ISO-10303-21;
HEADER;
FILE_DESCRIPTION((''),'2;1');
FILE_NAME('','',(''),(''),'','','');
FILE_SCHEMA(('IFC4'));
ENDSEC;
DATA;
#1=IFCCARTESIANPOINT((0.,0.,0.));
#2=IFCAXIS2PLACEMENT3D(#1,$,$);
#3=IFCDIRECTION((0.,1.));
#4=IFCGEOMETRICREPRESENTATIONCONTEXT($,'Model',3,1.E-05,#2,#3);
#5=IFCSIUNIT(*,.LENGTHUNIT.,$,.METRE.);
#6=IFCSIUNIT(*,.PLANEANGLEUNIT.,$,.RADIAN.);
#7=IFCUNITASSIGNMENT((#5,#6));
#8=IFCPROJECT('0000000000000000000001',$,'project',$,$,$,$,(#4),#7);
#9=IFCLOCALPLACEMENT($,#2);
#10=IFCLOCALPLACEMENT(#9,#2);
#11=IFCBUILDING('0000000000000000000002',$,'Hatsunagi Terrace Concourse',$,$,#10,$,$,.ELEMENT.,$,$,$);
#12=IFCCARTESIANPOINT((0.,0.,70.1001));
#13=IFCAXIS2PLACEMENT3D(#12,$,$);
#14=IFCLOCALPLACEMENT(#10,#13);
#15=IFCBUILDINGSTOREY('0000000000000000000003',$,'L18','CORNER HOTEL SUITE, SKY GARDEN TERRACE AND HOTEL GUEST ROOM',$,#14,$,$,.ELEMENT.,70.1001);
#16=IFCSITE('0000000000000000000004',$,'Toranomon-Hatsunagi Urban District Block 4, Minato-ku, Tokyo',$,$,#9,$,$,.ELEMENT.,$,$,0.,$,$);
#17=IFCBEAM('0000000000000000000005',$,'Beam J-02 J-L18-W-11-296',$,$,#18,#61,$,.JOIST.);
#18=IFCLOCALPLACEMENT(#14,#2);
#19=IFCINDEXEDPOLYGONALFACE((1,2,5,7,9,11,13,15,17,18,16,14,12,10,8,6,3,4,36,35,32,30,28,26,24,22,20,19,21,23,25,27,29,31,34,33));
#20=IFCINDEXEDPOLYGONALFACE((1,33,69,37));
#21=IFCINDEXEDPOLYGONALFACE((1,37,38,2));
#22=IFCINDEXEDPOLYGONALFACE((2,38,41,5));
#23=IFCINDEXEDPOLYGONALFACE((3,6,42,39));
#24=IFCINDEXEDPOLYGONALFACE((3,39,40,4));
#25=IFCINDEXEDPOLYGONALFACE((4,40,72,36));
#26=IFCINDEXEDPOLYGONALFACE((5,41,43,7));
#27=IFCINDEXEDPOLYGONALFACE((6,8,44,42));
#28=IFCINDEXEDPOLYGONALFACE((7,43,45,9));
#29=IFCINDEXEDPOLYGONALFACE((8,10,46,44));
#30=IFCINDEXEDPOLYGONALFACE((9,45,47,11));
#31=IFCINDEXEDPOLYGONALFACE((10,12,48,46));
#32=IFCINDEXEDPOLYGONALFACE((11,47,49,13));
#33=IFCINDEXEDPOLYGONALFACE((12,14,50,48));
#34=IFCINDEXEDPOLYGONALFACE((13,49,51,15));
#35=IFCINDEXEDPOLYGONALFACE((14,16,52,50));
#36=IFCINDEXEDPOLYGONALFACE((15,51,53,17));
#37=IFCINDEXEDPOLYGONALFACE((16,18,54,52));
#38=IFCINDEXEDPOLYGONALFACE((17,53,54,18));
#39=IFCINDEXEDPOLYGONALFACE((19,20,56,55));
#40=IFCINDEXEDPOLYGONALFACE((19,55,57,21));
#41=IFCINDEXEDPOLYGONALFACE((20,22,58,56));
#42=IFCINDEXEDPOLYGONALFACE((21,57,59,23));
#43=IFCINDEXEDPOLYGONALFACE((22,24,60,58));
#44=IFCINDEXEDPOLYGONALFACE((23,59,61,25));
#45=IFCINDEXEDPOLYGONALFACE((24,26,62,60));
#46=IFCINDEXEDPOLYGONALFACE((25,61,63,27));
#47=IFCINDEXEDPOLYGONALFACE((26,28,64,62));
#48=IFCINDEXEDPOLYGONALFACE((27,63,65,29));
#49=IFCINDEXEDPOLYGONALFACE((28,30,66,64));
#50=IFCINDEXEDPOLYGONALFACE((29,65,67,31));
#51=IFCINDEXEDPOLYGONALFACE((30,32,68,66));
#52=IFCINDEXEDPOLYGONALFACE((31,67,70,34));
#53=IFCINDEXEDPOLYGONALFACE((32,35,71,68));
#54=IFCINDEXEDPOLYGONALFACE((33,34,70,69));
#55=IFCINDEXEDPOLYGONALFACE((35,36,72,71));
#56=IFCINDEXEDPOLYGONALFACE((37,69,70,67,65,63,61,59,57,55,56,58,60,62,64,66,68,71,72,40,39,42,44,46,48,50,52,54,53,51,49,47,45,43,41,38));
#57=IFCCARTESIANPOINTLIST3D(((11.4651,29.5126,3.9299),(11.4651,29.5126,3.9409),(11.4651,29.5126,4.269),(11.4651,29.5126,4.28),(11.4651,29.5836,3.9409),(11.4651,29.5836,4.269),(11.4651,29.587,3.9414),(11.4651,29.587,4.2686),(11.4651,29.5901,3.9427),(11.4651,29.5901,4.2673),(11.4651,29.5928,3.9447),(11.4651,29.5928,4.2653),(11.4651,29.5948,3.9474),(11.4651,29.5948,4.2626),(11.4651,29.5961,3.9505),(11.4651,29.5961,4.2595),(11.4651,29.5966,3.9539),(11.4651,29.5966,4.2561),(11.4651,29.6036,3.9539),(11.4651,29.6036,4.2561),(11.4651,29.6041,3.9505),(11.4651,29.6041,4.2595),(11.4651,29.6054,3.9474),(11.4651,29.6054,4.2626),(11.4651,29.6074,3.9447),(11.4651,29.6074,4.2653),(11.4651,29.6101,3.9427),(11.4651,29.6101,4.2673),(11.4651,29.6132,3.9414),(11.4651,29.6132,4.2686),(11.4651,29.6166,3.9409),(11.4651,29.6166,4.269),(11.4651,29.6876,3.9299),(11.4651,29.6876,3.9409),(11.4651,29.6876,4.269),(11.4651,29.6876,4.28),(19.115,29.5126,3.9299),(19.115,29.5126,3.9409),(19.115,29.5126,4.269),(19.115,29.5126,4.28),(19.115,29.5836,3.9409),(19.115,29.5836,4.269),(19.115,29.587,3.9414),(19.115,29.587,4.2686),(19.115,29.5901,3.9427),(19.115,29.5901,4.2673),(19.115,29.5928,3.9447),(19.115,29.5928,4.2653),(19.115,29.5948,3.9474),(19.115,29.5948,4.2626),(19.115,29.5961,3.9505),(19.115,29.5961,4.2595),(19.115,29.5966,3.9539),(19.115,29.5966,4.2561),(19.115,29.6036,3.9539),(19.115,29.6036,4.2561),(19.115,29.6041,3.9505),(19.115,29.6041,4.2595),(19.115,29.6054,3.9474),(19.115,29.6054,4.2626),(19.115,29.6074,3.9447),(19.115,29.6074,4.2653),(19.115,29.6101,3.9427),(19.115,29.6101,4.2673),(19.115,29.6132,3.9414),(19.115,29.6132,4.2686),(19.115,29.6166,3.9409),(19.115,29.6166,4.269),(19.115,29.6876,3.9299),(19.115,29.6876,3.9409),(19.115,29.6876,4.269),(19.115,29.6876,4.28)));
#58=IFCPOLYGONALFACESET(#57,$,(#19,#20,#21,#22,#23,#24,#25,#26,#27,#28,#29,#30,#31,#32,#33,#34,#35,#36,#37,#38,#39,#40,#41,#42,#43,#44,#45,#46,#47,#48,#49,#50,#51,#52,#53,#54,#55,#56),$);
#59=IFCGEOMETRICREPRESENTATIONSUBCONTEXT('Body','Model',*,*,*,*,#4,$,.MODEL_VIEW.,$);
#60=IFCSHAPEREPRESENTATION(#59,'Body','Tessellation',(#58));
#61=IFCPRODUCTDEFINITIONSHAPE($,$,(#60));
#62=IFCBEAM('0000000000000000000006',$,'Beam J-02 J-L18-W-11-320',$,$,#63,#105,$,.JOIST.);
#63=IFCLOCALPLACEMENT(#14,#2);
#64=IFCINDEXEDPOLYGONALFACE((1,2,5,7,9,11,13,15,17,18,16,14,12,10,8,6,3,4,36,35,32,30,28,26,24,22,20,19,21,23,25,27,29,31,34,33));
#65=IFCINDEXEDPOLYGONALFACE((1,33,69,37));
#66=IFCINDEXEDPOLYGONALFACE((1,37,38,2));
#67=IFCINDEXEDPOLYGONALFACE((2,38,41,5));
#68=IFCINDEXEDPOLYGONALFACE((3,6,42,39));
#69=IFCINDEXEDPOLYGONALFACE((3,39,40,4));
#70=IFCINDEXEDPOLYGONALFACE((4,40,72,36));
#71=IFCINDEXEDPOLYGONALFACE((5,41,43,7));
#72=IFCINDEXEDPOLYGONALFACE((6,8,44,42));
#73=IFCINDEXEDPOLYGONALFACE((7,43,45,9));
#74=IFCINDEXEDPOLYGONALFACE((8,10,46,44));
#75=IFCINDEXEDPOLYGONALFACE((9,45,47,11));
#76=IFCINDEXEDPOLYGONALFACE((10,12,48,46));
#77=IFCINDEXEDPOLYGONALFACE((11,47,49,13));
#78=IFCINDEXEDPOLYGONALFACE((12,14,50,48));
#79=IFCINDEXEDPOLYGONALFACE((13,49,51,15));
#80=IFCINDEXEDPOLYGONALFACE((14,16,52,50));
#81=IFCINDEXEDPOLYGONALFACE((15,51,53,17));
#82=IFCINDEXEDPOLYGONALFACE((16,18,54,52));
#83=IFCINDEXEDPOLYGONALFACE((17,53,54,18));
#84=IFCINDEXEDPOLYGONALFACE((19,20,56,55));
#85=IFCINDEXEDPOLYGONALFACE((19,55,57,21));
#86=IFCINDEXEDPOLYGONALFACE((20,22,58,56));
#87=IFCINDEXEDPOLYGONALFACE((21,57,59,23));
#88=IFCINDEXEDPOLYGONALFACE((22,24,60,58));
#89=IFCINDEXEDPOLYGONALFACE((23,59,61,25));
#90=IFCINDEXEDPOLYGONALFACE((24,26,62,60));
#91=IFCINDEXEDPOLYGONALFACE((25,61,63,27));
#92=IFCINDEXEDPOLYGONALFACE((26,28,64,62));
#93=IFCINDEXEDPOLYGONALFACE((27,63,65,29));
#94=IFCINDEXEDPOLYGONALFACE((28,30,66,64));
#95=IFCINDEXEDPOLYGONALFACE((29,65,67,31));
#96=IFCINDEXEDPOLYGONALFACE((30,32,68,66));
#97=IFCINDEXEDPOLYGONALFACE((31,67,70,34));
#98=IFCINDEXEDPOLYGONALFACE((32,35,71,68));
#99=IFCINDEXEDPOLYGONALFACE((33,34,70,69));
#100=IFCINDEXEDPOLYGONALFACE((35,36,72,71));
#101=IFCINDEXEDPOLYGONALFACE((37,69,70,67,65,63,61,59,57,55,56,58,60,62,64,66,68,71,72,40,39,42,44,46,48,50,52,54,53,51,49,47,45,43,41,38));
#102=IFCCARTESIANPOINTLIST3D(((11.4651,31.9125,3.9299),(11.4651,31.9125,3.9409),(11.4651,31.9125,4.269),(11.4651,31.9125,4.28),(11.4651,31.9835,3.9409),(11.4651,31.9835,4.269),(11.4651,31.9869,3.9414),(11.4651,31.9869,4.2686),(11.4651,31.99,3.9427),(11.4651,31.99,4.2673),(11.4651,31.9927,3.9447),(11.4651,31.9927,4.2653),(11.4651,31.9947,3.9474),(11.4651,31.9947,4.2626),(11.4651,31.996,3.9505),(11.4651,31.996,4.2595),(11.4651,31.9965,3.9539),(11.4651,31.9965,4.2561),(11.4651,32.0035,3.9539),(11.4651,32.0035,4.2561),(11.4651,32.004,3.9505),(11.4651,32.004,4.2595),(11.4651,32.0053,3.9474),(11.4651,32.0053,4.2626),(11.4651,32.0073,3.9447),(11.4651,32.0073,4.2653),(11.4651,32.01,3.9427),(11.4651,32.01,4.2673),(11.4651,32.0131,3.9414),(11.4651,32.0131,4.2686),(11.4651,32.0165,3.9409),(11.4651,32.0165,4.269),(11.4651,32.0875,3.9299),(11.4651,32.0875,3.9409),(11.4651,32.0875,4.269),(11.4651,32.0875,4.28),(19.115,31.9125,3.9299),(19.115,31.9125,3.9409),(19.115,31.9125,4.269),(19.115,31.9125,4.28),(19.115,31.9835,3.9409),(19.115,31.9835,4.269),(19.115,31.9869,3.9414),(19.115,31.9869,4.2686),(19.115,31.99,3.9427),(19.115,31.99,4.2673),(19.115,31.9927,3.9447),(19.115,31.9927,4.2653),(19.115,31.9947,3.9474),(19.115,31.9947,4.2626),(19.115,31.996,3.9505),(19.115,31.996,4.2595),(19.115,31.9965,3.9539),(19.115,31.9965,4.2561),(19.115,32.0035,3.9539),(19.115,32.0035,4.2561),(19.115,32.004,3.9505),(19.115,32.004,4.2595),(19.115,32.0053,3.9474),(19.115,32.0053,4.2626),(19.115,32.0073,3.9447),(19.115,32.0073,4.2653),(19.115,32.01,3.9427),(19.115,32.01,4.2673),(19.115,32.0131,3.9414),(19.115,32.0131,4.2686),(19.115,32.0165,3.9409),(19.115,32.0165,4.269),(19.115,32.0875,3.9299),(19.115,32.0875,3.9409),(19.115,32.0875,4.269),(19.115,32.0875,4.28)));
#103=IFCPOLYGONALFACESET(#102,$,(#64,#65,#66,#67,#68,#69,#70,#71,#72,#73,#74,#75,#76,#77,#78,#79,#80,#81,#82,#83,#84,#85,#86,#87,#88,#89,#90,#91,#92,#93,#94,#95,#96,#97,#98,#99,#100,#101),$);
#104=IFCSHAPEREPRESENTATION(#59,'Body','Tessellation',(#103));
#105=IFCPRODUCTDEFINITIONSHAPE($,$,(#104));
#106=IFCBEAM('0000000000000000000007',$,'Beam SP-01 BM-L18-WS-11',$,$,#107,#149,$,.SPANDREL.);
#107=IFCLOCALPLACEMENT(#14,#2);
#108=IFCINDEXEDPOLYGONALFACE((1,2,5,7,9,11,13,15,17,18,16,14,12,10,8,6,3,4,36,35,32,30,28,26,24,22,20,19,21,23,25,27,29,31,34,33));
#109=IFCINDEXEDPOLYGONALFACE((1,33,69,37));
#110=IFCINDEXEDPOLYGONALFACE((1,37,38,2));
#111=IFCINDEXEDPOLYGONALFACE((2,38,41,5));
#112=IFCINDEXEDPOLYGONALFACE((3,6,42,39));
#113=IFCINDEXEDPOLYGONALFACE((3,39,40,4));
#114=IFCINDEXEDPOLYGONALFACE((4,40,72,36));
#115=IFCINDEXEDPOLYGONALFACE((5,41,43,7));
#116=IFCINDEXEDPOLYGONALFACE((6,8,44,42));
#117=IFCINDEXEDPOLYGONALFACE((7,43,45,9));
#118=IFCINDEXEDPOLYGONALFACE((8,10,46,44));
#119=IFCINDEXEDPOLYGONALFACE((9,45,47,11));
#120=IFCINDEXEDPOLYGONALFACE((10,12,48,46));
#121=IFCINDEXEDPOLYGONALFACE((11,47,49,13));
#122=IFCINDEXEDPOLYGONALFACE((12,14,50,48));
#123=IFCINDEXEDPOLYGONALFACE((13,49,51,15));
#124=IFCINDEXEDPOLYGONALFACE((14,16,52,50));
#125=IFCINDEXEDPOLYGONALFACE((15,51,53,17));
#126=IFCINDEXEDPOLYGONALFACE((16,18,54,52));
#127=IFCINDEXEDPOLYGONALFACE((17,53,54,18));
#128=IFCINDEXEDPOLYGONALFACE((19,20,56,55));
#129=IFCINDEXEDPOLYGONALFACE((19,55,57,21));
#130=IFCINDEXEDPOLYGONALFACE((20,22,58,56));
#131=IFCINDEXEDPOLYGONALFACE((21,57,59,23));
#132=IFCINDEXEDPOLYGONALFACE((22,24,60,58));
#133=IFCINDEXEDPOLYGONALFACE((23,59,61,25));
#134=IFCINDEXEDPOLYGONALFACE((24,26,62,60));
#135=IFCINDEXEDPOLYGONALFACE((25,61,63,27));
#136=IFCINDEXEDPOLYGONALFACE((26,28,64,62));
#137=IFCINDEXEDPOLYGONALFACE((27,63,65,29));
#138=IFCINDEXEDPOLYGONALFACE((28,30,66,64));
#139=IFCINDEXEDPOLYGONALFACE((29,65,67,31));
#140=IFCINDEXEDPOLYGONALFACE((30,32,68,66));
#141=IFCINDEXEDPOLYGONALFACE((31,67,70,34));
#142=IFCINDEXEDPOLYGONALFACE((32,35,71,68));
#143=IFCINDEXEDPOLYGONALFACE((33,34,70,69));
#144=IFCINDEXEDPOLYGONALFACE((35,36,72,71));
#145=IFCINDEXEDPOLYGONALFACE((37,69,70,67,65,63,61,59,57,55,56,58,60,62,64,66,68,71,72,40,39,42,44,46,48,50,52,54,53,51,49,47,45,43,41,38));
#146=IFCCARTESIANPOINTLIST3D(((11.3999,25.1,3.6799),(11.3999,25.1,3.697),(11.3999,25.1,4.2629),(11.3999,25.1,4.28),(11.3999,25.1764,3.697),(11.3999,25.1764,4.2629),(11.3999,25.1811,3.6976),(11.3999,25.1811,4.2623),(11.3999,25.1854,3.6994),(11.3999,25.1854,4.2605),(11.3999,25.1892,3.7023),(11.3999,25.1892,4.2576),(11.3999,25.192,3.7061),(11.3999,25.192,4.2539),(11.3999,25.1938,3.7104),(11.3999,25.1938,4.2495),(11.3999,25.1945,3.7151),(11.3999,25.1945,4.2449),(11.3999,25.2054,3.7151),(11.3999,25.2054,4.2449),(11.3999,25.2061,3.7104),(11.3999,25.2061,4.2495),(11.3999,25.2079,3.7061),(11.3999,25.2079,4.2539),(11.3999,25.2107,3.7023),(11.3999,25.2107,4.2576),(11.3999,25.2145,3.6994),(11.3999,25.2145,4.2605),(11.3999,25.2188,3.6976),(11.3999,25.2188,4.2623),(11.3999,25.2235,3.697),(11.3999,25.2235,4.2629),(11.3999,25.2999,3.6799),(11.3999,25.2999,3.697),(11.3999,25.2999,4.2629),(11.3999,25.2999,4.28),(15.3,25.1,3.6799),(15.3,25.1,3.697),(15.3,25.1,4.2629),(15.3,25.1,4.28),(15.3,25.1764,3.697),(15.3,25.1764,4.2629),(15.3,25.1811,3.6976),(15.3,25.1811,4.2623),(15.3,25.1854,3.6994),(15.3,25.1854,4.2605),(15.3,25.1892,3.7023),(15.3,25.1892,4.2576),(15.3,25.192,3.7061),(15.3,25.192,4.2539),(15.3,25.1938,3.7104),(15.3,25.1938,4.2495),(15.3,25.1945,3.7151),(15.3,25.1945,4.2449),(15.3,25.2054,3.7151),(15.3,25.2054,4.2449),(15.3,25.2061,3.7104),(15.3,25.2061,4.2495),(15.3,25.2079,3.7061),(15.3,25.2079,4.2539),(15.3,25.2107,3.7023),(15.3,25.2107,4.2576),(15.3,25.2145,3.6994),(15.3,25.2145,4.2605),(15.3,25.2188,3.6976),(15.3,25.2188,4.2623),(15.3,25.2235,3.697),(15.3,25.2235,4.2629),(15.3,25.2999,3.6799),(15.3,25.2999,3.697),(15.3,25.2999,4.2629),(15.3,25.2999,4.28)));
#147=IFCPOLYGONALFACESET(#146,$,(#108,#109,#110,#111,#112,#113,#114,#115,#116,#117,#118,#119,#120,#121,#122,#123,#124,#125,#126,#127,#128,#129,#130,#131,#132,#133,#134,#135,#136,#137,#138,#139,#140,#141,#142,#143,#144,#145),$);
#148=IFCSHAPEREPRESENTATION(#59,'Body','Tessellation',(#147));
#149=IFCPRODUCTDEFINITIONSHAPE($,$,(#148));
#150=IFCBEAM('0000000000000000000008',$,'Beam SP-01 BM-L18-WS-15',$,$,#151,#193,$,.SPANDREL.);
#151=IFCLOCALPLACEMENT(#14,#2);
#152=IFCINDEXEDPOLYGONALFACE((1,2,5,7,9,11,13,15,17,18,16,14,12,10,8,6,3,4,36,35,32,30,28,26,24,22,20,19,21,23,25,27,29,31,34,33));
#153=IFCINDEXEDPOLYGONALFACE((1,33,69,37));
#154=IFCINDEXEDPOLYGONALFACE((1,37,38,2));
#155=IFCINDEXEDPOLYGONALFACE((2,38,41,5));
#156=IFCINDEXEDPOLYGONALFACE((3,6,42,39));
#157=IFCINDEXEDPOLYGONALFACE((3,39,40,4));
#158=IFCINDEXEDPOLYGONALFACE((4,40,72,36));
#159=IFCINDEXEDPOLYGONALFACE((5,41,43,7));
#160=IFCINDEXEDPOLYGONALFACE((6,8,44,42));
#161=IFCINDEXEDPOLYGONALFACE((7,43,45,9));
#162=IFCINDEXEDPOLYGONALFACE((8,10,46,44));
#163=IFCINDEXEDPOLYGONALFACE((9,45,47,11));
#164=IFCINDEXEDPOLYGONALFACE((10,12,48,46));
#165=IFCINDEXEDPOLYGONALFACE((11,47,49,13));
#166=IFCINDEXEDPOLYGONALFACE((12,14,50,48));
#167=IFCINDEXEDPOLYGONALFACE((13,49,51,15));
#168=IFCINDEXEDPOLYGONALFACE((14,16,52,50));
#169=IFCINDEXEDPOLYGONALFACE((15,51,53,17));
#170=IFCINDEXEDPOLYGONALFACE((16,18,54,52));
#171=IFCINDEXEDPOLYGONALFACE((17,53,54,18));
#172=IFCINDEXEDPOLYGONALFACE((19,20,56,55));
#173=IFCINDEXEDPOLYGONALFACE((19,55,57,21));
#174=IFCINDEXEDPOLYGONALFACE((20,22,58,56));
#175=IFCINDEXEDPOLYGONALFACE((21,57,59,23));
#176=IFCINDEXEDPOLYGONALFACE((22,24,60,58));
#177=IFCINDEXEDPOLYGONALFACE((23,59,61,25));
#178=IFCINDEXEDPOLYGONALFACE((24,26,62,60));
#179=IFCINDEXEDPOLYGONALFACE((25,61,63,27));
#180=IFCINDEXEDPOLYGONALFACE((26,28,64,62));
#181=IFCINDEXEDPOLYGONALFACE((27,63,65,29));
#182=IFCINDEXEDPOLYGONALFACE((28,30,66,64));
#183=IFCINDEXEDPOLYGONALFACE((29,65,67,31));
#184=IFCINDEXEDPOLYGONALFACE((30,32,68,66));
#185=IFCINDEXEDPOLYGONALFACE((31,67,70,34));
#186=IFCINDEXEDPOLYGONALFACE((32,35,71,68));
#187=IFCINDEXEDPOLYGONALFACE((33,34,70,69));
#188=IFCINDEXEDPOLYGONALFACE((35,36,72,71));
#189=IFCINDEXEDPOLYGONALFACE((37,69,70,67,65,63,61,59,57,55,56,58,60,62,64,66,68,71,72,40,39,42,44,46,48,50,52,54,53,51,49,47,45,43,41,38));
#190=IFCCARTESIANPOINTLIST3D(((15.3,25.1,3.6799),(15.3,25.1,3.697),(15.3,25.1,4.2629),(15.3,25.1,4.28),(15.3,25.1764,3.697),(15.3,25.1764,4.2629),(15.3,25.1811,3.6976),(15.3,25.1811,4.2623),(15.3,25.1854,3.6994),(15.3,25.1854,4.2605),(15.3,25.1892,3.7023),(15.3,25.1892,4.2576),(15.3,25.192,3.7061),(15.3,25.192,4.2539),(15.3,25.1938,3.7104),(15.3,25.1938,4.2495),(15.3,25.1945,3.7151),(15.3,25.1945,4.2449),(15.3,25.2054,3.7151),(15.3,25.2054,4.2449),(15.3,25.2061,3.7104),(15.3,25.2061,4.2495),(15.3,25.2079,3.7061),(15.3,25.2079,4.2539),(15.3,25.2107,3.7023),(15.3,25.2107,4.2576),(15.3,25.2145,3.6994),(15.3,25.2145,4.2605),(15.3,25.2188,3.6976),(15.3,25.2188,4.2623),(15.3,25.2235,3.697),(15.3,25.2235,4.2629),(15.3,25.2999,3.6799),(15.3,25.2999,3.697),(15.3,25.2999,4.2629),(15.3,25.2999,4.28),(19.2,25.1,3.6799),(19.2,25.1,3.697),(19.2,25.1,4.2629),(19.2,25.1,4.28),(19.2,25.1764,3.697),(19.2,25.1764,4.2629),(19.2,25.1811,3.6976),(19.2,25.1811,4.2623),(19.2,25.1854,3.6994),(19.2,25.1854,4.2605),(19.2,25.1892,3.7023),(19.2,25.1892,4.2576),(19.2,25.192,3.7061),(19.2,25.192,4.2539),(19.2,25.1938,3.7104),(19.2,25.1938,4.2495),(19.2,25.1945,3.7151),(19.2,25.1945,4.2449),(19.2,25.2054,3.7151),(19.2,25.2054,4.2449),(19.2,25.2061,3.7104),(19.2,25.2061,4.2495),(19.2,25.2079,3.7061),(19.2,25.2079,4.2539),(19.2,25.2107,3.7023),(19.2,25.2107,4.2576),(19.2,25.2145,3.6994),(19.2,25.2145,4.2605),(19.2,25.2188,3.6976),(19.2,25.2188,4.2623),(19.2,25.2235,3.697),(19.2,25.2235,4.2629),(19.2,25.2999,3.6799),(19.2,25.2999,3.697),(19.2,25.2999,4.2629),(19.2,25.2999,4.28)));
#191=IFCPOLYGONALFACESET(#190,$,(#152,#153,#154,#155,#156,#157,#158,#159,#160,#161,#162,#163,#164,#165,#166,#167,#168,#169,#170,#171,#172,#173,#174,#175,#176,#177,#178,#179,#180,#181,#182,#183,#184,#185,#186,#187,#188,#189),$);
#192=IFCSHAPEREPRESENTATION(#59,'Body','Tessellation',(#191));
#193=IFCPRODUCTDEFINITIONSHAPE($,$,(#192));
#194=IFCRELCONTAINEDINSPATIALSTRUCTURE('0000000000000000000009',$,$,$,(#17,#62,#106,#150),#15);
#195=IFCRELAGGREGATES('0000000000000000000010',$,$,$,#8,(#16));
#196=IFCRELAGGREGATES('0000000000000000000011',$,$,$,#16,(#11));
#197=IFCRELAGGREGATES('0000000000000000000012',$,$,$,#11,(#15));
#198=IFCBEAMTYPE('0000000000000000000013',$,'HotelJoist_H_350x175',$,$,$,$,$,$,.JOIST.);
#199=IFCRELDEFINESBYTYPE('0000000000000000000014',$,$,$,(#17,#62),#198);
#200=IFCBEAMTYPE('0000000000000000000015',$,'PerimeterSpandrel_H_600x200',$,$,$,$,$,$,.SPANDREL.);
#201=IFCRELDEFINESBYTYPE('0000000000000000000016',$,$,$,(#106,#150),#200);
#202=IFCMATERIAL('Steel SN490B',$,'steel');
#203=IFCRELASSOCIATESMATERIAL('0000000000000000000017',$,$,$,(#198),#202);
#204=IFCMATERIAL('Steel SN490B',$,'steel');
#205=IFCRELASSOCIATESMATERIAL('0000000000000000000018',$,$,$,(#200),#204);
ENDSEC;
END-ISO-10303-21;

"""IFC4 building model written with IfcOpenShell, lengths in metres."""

from ifc_helpers import new_model, si_unit, direction, frame, origin, origin_2d, place, context, subcontext, project, spatial, i_section, extrude, material, material_profile, profile_set, type_object, element, save


model = new_model("IFC4")

# Units and contexts
model_context = context("Model", 3, precision=1e-05, world=origin(), true_north=direction((0.0, 1.0)))
body_context = subcontext(model_context, "Body", "Model", "MODEL_VIEW")
ifc_project = project(units=[si_unit("LENGTHUNIT", "METRE"), si_unit("PLANEANGLEUNIT", "RADIAN")], contexts=[model_context])

# Site, building, storey
site_placement = place(None, origin())
site = spatial("IfcSite", under=ifc_project, at=site_placement, Name="Toranomon-Hatsunagi Urban District Block 4, Minato-ku, Tokyo", CompositionType="ELEMENT", RefElevation=0.0)
building_placement = place(site_placement, origin())
building = spatial("IfcBuilding", under=site, at=building_placement, Name="Hatsunagi Terrace Concourse", CompositionType="ELEMENT")
storey_placement = place(building_placement, frame((0.0, 0.0, 70.1001)))
storey = spatial("IfcBuildingStorey", under=building, at=storey_placement, Name="L18", Description="CORNER HOTEL SUITE, SKY GARDEN TERRACE AND HOTEL GUEST ROOM", CompositionType="ELEMENT", Elevation=70.1001)

# Beams
ifc_material_1 = material(Name="Steel SN490B", Category="steel")
ifc_material_profile_1 = material_profile(ifc_material_1, i_section(OverallWidth=0.175, OverallDepth=0.3501, WebThickness=0.0071, FlangeThickness=0.011, FilletRadius=0.0129, at=origin_2d()), Name="H-350x175x7x11")
ifc_profile_set_1 = profile_set([ifc_material_profile_1], Name="Steel SN490B")
beam_type_1 = type_object("IfcBeamType", Name="HotelJoist_H_350x175", PredefinedType="JOIST", material=ifc_profile_set_1)
for number, where, z_axis, x_axis, name in (
    (1, (11.4651, 29.6001, 4.105), (1.0, 0.0, 0.0), (0.0, 1.0, 0.0), "Beam J-02 J-L18-W-11-296"),
    (2, (11.4651, 32.0, 4.105), (1.0, 0.0, 0.0), (0.0, 1.0, 0.0), "Beam J-02 J-L18-W-11-320"),
):
    element("IfcBeam", number, at=place(storey_placement, frame(where, z_axis=z_axis, x_axis=x_axis)), inside=storey, type_object=beam_type_1, Name=name, PredefinedType="JOIST", context=body_context, shape_type="SweptSolid", body=[
        extrude(i_section(OverallWidth=0.175, OverallDepth=0.3501, WebThickness=0.0071, FlangeThickness=0.011, FilletRadius=0.0129, at=origin_2d()), origin(), (0.0, 0.0, 1.0), 7.6499),
    ])
ifc_material_2 = material(Name="Steel SN490B", Category="steel")
ifc_material_profile_2 = material_profile(ifc_material_2, i_section(OverallWidth=0.2, OverallDepth=0.6001, WebThickness=0.011, FlangeThickness=0.0171, FilletRadius=0.0181, at=origin_2d()), Name="H-600x200x11x17")
ifc_profile_set_2 = profile_set([ifc_material_profile_2], Name="Steel SN490B")
beam_type_2 = type_object("IfcBeamType", Name="PerimeterSpandrel_H_600x200", PredefinedType="SPANDREL", material=ifc_profile_set_2)
beam_1_placement = place(storey_placement, frame((11.3999, 25.2, 3.98), z_axis=(1.0, 0.0, 0.0), x_axis=(0.0, 1.0, 0.0)))
element("IfcBeam", 3, at=beam_1_placement, inside=storey, type_object=beam_type_2, Name="Beam SP-01 BM-L18-WS-11", PredefinedType="SPANDREL", context=body_context, shape_type="SweptSolid", body=[
    extrude(i_section(OverallWidth=0.2, OverallDepth=0.6001, WebThickness=0.011, FlangeThickness=0.0171, FilletRadius=0.0181, at=origin_2d()), origin(), (0.0, 0.0, 1.0), 3.9001),
])
beam_2_placement = place(storey_placement, frame((15.3, 25.2, 3.98), z_axis=(1.0, 0.0, 0.0), x_axis=(0.0, 1.0, 0.0)))
element("IfcBeam", 4, at=beam_2_placement, inside=storey, type_object=beam_type_2, Name="Beam SP-01 BM-L18-WS-15", PredefinedType="SPANDREL", context=body_context, shape_type="SweptSolid", body=[
    extrude(i_section(OverallWidth=0.2, OverallDepth=0.6001, WebThickness=0.011, FlangeThickness=0.0171, FilletRadius=0.0181, at=origin_2d()), origin(), (0.0, 0.0, 1.0), 3.8999),
])

save(model, "model.ifc")
